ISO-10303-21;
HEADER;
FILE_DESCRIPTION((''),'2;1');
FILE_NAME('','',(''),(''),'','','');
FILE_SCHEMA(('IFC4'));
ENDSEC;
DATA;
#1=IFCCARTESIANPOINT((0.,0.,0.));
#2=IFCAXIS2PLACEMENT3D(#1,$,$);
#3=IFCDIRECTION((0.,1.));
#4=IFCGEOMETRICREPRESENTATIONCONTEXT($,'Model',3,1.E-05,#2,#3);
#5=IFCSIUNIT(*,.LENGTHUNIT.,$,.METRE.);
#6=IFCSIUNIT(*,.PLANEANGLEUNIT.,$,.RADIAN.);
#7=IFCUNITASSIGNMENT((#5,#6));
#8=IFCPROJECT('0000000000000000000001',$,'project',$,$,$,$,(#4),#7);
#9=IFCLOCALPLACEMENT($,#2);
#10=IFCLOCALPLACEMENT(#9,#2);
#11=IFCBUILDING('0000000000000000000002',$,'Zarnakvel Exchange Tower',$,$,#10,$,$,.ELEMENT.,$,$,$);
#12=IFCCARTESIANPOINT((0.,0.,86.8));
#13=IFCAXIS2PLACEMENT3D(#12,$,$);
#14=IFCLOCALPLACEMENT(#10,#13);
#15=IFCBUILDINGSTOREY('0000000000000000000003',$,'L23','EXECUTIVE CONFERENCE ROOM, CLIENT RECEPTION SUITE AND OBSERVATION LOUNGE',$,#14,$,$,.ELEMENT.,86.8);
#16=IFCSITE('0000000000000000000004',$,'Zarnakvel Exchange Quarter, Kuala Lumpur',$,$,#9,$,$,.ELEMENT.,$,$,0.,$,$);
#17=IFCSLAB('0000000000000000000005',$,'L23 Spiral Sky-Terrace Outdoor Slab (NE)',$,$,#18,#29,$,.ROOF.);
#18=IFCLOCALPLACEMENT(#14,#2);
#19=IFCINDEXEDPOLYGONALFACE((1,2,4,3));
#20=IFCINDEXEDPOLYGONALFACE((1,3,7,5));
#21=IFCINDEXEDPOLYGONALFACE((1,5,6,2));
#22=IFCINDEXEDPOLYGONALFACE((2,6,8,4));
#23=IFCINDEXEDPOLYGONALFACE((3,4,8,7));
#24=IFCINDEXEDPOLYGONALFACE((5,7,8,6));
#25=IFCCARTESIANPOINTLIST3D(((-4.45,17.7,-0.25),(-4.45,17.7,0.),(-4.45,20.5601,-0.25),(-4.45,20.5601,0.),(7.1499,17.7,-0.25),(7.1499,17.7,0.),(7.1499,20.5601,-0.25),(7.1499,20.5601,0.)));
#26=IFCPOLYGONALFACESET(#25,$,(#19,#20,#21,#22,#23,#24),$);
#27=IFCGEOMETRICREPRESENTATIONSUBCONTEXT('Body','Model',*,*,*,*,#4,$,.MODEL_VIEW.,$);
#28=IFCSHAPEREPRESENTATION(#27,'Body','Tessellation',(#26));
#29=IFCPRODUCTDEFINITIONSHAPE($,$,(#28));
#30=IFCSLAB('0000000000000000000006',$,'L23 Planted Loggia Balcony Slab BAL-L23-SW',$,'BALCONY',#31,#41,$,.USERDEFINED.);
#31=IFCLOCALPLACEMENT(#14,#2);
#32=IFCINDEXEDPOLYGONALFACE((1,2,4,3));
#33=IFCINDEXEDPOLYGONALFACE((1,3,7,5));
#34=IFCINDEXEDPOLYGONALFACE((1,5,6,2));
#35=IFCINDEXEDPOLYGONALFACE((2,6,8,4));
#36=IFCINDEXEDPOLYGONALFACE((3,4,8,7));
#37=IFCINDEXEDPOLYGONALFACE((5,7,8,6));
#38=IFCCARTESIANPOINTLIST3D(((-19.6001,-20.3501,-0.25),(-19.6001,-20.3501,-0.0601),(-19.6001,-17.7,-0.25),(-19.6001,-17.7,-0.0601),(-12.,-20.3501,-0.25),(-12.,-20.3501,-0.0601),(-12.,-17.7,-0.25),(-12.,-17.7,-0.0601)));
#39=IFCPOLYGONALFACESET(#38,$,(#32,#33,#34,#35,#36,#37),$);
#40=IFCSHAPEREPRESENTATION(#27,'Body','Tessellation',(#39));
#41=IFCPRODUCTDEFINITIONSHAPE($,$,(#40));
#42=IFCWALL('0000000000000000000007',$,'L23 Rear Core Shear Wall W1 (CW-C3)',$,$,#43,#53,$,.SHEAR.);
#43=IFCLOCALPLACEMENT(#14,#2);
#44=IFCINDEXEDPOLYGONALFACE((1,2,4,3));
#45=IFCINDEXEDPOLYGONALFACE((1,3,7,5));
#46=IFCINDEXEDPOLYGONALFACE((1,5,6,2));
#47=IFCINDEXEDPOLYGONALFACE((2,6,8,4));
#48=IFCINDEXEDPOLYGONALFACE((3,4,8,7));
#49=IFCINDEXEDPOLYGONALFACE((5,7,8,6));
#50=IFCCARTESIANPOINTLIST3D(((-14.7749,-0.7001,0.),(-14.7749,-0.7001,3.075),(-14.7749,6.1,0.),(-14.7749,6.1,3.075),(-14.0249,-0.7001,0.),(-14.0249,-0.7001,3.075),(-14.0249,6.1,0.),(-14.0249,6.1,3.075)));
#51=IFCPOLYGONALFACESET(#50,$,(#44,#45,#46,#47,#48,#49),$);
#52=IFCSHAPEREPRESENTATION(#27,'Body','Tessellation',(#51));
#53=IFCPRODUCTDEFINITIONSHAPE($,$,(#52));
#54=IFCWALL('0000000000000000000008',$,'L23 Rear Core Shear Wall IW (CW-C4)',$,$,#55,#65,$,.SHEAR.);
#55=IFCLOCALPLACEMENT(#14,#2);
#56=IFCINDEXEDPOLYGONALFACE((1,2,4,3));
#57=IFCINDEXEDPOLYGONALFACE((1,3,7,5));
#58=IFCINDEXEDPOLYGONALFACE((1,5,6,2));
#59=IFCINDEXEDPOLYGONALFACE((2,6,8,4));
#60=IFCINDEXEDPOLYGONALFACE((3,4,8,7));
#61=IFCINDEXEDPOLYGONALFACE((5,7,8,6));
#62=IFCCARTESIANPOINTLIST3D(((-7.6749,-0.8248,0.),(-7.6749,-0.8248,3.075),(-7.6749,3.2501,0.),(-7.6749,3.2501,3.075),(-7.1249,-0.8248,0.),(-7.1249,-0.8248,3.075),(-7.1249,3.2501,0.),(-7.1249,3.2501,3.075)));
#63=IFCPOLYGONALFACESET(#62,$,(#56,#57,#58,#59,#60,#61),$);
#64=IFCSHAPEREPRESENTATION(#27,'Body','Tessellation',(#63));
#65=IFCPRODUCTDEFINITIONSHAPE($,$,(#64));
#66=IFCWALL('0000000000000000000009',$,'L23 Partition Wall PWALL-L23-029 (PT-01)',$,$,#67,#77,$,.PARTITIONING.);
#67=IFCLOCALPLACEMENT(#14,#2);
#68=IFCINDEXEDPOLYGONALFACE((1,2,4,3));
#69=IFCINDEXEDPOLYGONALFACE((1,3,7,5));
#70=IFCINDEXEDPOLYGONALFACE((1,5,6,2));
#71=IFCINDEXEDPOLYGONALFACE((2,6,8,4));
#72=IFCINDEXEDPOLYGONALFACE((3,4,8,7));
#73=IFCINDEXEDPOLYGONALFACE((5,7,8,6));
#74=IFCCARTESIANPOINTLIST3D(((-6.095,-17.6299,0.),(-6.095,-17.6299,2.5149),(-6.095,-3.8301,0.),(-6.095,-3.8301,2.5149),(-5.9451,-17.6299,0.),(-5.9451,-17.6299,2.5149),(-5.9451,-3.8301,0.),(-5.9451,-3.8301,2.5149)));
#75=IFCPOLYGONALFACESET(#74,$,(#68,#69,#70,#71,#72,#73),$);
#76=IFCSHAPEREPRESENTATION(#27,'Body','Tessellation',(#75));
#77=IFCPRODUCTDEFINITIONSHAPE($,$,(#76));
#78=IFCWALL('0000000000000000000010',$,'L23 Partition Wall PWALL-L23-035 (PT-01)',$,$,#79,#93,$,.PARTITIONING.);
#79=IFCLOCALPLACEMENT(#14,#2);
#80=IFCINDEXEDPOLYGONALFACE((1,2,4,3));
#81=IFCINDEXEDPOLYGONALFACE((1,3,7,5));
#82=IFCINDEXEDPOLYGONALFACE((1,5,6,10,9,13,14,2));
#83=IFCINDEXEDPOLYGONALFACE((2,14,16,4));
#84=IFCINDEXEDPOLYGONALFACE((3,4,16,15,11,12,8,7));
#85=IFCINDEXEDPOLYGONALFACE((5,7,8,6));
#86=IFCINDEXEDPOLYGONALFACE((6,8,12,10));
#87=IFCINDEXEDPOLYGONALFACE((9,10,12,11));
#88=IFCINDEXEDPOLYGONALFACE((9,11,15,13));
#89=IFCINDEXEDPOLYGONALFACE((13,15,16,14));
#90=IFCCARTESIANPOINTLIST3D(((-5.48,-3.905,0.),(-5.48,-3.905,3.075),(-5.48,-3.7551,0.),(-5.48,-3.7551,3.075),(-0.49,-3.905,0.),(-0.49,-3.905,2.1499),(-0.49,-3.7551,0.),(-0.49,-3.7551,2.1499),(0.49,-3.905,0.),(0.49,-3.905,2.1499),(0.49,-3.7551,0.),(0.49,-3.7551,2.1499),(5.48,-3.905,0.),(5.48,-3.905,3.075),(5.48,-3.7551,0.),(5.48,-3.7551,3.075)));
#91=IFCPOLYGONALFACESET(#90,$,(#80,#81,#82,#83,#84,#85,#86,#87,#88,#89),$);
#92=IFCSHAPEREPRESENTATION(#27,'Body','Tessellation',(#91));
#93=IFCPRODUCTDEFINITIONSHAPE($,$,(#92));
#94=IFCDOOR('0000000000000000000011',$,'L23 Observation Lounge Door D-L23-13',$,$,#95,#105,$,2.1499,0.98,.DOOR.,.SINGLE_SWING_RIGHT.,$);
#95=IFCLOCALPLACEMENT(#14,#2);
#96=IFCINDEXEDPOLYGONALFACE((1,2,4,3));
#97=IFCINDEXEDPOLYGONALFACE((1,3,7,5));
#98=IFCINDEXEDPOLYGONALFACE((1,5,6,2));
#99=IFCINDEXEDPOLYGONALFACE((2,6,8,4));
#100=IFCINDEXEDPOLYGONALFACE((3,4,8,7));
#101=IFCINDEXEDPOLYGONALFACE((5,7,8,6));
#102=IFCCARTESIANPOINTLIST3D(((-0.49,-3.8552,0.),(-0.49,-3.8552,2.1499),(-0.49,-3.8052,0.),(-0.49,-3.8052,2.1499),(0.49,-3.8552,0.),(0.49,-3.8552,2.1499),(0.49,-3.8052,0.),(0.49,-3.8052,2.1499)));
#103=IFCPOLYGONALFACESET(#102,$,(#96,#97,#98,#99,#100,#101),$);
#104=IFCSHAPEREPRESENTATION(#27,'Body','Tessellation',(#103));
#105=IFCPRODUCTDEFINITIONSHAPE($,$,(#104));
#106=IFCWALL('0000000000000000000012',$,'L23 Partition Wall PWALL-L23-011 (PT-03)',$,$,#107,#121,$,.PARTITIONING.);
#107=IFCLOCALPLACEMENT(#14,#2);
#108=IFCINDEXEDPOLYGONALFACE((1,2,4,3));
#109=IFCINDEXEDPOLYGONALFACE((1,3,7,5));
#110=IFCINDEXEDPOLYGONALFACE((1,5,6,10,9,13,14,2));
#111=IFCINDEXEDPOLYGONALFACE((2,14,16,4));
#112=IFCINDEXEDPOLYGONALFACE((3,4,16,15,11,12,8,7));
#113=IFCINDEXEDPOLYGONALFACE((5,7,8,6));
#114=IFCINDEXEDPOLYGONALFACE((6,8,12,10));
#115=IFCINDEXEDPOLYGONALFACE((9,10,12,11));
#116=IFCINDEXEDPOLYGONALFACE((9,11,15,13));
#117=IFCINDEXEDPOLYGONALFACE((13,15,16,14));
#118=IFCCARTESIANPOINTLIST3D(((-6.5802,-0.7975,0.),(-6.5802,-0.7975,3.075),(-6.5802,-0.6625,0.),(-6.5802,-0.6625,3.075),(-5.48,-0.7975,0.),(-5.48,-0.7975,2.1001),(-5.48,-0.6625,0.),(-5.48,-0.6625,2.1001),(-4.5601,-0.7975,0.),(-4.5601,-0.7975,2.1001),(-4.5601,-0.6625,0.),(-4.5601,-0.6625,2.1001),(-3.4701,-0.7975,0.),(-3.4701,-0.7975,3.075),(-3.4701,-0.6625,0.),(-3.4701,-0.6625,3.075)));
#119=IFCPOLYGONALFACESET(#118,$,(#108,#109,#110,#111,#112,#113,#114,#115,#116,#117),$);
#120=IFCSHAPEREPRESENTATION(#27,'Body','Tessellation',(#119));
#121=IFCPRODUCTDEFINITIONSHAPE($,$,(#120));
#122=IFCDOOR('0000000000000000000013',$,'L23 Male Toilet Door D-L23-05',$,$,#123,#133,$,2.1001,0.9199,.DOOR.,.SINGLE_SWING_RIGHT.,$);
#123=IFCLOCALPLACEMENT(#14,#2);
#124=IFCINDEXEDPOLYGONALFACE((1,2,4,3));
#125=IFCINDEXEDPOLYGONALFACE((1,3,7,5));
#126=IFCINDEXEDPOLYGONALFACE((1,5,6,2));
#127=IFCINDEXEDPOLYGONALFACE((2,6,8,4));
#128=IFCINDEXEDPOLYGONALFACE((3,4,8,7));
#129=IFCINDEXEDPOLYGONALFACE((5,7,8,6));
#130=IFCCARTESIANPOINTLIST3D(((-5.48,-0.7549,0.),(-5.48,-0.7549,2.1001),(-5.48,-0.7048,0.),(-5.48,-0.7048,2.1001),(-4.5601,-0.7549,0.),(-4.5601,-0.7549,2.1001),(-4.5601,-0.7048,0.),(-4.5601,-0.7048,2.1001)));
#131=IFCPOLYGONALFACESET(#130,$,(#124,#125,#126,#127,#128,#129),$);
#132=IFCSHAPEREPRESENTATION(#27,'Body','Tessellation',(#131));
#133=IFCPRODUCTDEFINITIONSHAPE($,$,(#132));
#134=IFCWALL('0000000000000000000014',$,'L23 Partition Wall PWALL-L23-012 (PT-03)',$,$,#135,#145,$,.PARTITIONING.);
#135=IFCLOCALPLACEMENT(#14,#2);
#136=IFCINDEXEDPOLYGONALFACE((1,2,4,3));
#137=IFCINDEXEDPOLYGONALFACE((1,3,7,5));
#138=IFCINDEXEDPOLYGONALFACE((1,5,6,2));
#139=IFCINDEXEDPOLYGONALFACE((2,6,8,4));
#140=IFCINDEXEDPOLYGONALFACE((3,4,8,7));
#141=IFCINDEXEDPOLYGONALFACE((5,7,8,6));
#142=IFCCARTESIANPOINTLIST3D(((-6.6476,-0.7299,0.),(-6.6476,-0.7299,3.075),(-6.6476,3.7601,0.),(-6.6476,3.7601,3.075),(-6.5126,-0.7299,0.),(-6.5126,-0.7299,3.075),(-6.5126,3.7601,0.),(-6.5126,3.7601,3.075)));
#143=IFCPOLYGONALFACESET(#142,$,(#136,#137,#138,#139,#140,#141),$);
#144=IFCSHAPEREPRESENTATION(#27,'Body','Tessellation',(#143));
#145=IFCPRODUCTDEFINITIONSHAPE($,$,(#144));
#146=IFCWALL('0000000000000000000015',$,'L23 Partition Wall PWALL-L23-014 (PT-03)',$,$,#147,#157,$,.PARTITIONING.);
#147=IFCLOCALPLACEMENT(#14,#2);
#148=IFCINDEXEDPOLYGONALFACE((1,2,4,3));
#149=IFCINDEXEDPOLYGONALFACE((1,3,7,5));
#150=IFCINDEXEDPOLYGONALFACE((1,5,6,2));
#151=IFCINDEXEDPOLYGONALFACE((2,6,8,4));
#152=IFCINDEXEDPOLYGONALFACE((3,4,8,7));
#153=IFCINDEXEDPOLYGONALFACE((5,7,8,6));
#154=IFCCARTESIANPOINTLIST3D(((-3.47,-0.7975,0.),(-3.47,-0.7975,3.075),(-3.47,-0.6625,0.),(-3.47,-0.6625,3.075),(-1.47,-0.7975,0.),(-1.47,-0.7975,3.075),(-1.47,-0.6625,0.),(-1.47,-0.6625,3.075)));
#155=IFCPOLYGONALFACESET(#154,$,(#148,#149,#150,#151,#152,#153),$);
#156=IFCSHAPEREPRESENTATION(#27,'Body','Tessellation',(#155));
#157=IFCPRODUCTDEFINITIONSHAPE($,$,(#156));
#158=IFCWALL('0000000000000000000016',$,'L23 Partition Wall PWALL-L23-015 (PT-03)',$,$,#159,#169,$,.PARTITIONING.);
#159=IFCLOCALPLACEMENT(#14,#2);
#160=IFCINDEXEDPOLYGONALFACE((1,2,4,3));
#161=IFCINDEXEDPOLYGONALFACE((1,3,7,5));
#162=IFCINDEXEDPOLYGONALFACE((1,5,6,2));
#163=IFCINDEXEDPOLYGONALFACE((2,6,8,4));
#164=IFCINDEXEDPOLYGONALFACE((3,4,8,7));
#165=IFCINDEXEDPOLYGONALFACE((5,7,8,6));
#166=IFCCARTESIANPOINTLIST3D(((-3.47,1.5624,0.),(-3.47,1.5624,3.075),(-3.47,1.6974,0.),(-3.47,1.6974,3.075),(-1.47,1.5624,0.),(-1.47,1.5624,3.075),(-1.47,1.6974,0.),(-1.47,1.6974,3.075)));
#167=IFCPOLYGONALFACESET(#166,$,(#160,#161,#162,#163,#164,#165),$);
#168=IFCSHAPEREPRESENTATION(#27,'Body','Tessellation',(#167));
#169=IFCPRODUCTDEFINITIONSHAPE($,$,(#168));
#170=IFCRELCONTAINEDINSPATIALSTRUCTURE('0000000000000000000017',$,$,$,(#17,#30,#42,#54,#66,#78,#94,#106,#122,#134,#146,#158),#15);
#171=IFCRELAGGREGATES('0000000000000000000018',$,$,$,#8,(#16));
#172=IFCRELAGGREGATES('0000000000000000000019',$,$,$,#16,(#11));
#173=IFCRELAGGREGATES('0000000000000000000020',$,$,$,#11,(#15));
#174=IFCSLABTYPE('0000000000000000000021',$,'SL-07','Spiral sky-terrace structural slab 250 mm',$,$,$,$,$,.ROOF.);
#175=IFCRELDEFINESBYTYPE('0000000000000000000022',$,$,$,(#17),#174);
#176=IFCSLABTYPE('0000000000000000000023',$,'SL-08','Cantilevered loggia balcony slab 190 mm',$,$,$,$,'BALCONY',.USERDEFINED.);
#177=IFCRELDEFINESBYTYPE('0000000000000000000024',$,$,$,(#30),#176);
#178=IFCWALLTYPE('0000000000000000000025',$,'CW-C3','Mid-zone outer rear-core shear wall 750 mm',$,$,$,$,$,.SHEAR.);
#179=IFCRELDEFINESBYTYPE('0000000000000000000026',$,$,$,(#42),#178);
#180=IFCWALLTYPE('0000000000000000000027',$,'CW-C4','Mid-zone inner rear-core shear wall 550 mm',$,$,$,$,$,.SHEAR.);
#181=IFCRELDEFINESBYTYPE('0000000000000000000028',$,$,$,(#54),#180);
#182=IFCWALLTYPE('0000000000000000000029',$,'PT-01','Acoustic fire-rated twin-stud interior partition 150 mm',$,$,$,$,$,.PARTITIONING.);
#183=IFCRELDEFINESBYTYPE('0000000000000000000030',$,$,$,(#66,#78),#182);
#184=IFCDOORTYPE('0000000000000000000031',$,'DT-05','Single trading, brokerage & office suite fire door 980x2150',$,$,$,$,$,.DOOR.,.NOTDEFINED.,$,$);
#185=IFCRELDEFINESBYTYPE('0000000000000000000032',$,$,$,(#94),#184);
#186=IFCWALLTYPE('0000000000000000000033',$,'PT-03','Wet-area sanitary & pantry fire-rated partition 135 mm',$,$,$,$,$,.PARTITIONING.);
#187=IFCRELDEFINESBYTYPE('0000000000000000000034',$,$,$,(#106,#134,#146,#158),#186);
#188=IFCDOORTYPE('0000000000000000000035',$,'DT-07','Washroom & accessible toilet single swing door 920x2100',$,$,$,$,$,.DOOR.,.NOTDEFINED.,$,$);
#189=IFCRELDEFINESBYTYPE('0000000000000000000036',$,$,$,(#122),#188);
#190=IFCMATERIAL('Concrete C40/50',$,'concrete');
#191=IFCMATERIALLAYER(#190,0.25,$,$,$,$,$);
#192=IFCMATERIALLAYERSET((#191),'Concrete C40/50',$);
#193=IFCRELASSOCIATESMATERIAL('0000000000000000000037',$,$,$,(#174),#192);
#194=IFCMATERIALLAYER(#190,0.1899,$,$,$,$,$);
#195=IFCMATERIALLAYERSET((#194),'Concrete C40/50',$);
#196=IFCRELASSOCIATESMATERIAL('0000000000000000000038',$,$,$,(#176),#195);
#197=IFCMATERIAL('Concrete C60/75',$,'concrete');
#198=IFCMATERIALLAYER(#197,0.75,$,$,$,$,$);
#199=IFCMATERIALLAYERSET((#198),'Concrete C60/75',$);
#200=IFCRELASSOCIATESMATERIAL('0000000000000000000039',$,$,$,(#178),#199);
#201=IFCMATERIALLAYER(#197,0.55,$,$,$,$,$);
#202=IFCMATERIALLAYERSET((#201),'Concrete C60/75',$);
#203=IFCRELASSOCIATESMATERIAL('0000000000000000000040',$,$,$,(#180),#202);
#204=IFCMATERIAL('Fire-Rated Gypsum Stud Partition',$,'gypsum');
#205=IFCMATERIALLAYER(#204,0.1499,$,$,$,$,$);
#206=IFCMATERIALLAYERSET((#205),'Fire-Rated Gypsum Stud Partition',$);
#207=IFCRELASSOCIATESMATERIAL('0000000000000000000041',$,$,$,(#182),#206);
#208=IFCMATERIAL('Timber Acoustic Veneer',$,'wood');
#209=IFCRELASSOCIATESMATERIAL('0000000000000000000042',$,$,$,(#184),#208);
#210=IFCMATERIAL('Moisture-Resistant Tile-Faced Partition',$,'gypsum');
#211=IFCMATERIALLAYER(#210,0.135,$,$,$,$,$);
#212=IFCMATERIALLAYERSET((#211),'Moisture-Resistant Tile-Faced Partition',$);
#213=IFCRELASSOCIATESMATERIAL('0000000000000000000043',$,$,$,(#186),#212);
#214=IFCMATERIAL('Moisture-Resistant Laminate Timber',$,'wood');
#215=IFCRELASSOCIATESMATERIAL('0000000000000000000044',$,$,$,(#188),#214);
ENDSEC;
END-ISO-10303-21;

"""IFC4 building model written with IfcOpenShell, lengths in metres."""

from ifc_helpers import new_model, si_unit, direction, frame, frame_2d, origin, place, context, subcontext, project, spatial, polyline, rectangle, outline, extrude, source, transform, mapped, material, layer, layer_set, type_object, element, fill, save


model = new_model("IFC4")

# Units and contexts
model_context = context("Model", 3, precision=1e-05, world=origin(), true_north=direction((0.0, 1.0)))
body_context = subcontext(model_context, "Body", "Model", "MODEL_VIEW")
ifc_project = project(units=[si_unit("LENGTHUNIT", "METRE"), si_unit("PLANEANGLEUNIT", "RADIAN")], contexts=[model_context])

# Site, building, storey
site_placement = place(None, origin())
site = spatial("IfcSite", under=ifc_project, at=site_placement, Name="Zarnakvel Exchange Quarter, Kuala Lumpur", CompositionType="ELEMENT", RefElevation=0.0)
building_placement = place(site_placement, origin())
building = spatial("IfcBuilding", under=site, at=building_placement, Name="Zarnakvel Exchange Tower", CompositionType="ELEMENT")
storey_placement = place(building_placement, frame((0.0, 0.0, 86.8)))
storey = spatial("IfcBuildingStorey", under=building, at=storey_placement, Name="L23", Description="EXECUTIVE CONFERENCE ROOM, CLIENT RECEPTION SUITE AND OBSERVATION LOUNGE", CompositionType="ELEMENT", Elevation=86.8)

# Shared definitions
ifc_material_1 = material(Name="Concrete C60/75", Category="concrete")

# Slabs
ifc_material_2 = material(Name="Concrete C40/50", Category="concrete")
ifc_layer_1 = layer(ifc_material_2, 0.25)
ifc_layer_set_1 = layer_set([ifc_layer_1], Name="Concrete C40/50")
slab_type_1 = type_object("IfcSlabType", Name="SL-07", Description="Spiral sky-terrace structural slab 250 mm", PredefinedType="ROOF", material=ifc_layer_set_1)
slab_1_placement = place(storey_placement, frame((0.0, 0.0, -0.25)))
element("IfcSlab", 1, at=slab_1_placement, inside=storey, type_object=slab_type_1, Name="L23 Spiral Sky-Terrace Outdoor Slab (NE)", PredefinedType="ROOF", context=body_context, shape_type="SweptSolid", body=[
    extrude(outline(polyline([(-4.45, 17.7), (7.1499, 17.7), (7.1499, 20.5601), (-4.45, 20.5601), (-4.45, 17.7)])), origin(), (0.0, 0.0, 1.0), 0.25),
])
ifc_layer_2 = layer(ifc_material_2, 0.1899)
ifc_layer_set_2 = layer_set([ifc_layer_2], Name="Concrete C40/50")
slab_type_2 = type_object("IfcSlabType", Name="SL-08", Description="Cantilevered loggia balcony slab 190 mm", ElementType="BALCONY", PredefinedType="USERDEFINED", material=ifc_layer_set_2)
slab_2_placement = place(storey_placement, frame((0.0, 0.0, -0.25)))
element("IfcSlab", 2, at=slab_2_placement, inside=storey, type_object=slab_type_2, Name="L23 Planted Loggia Balcony Slab BAL-L23-SW", ObjectType="BALCONY", PredefinedType="USERDEFINED", context=body_context, shape_type="SweptSolid", body=[
    extrude(outline(polyline([(-19.6001, -20.3501), (-12.0, -20.3501), (-12.0, -17.7), (-19.6001, -17.7), (-19.6001, -20.3501)])), origin(), (0.0, 0.0, 1.0), 0.1899),
])

# Wall
ifc_layer_3 = layer(ifc_material_1, 0.75)
ifc_layer_set_3 = layer_set([ifc_layer_3], Name="Concrete C60/75")
wall_type_1 = type_object("IfcWallType", Name="CW-C3", Description="Mid-zone outer rear-core shear wall 750 mm", PredefinedType="SHEAR", material=ifc_layer_set_3)
wall_1_placement = place(storey_placement, frame((-14.3999, -0.7, 0.0), z_axis=(0.0, 0.0, 1.0), x_axis=(0.0, 1.0, 0.0)))
element("IfcWall", 3, at=wall_1_placement, inside=storey, type_object=wall_type_1, Name="L23 Rear Core Shear Wall W1 (CW-C3)", PredefinedType="SHEAR", context=body_context, shape_type="SweptSolid", body=[
    extrude(rectangle(XDim=6.8, YDim=0.75, at=frame_2d((3.3999, 0.0))), origin(), (0.0, 0.0, 1.0), 3.075),
])

# Walls
ifc_layer_4 = layer(ifc_material_1, 0.55)
ifc_layer_set_4 = layer_set([ifc_layer_4], Name="Concrete C60/75")
wall_type_2 = type_object("IfcWallType", Name="CW-C4", Description="Mid-zone inner rear-core shear wall 550 mm", PredefinedType="SHEAR", material=ifc_layer_set_4)
wall_2_placement = place(storey_placement, frame((-7.3999, -0.825, 0.0), z_axis=(0.0, 0.0, 1.0), x_axis=(0.0, 1.0, 0.0)))
element("IfcWall", 4, at=wall_2_placement, inside=storey, type_object=wall_type_2, Name="L23 Rear Core Shear Wall IW (CW-C4)", PredefinedType="SHEAR", context=body_context, shape_type="SweptSolid", body=[
    extrude(rectangle(XDim=4.075, YDim=0.55, at=frame_2d((2.0376, 0.0))), origin(), (0.0, 0.0, 1.0), 3.075),
])
ifc_material_3 = material(Name="Fire-Rated Gypsum Stud Partition", Category="gypsum")
ifc_layer_5 = layer(ifc_material_3, 0.1499)
ifc_layer_set_5 = layer_set([ifc_layer_5], Name="Fire-Rated Gypsum Stud Partition")
wall_type_3 = type_object("IfcWallType", Name="PT-01", Description="Acoustic fire-rated twin-stud interior partition 150 mm", PredefinedType="PARTITIONING", material=ifc_layer_set_5)
wall_3_placement = place(storey_placement, frame((-6.02, -3.8301, 0.0), z_axis=(0.0, 0.0, 1.0), x_axis=(0.0, -1.0, 0.0)))
element("IfcWall", 5, at=wall_3_placement, inside=storey, type_object=wall_type_3, Name="L23 Partition Wall PWALL-L23-029 (PT-01)", PredefinedType="PARTITIONING", context=body_context, shape_type="SweptSolid", body=[
    extrude(rectangle(XDim=13.7998, YDim=0.1499, at=frame_2d((6.8999, 0.0))), origin(), (0.0, 0.0, 1.0), 2.5149),
])

# Walls, openings, doors
wall_4_placement = place(storey_placement, frame((-5.48, -3.8301, 0.0), z_axis=(0.0, 0.0, 1.0), x_axis=(1.0, 0.0, 0.0)))
wall_4 = element("IfcWall", 6, at=wall_4_placement, inside=storey, type_object=wall_type_3, Name="L23 Partition Wall PWALL-L23-035 (PT-01)", PredefinedType="PARTITIONING", context=body_context, shape_type="SweptSolid", body=[
    extrude(rectangle(XDim=10.96, YDim=0.1499, at=frame_2d((5.48, 0.0))), origin(), (0.0, 0.0, 1.0), 3.075),
])
opening_1_placement = place(wall_4_placement, frame((4.99, 0.0, 0.0)))
opening_1 = element("IfcOpeningElement", 7, at=opening_1_placement, cuts=wall_4, PredefinedType="OPENING", context=body_context, shape_type="SweptSolid", body=[
    extrude(rectangle(XDim=0.98, YDim=2.1499, at=frame_2d((0.49, 1.075))), frame((0.0, 0.085, 0.0), z_axis=(0.0, -1.0, 0.0), x_axis=(1.0, 0.0, 0.0)), (0.0, 0.0, 1.0), 0.1699),
])
ifc_material_4 = material(Name="Timber Acoustic Veneer", Category="wood")
door_type_1 = type_object("IfcDoorType", Name="DT-05", Description="Single trading, brokerage & office suite fire door 980x2150", OperationType="NOTDEFINED", PredefinedType="DOOR", material=ifc_material_4)
shared_shape_1 = source(origin(), body_context, "Body", "SweptSolid", [
    extrude(rectangle(XDim=0.98, YDim=2.1499, at=frame_2d((0.49, 1.075))), frame((0.0, 0.0249, 0.0), z_axis=(0.0, -1.0, 0.0), x_axis=(1.0, 0.0, 0.0)), (0.0, 0.0, 1.0), 0.05),
])
door_1_placement = place(opening_1_placement, origin())
door_1 = element("IfcDoor", 8, at=door_1_placement, inside=storey, type_object=door_type_1, Name="L23 Observation Lounge Door D-L23-13", OperationType="SINGLE_SWING_RIGHT", OverallHeight=2.1499, OverallWidth=0.98, PredefinedType="DOOR", context=body_context, shape_type="MappedRepresentation", body=[
    mapped(shared_shape_1, transform((0.0, 0.0, 0.0), x_axis=(1.0, 0.0, 0.0), y_axis=(0.0, 1.0, 0.0), z_axis=(0.0, 0.0, 1.0), scale=1.0)),
])
fill(opening_1, door_1)
ifc_material_5 = material(Name="Moisture-Resistant Tile-Faced Partition", Category="gypsum")
ifc_layer_6 = layer(ifc_material_5, 0.135)
ifc_layer_set_6 = layer_set([ifc_layer_6], Name="Moisture-Resistant Tile-Faced Partition")
wall_type_4 = type_object("IfcWallType", Name="PT-03", Description="Wet-area sanitary & pantry fire-rated partition 135 mm", PredefinedType="PARTITIONING", material=ifc_layer_set_6)
wall_5_placement = place(storey_placement, frame((-3.47, -0.73, 0.0), z_axis=(0.0, 0.0, 1.0), x_axis=(-1.0, 0.0, 0.0)))
wall_5 = element("IfcWall", 9, at=wall_5_placement, inside=storey, type_object=wall_type_4, Name="L23 Partition Wall PWALL-L23-011 (PT-03)", PredefinedType="PARTITIONING", context=body_context, shape_type="SweptSolid", body=[
    extrude(rectangle(XDim=3.1101, YDim=0.135, at=frame_2d((1.5552, 0.0))), origin(), (0.0, 0.0, 1.0), 3.075),
])
opening_2_placement = place(wall_5_placement, frame((1.0901, 0.0, 0.0)))
opening_2 = element("IfcOpeningElement", 10, at=opening_2_placement, cuts=wall_5, PredefinedType="OPENING", context=body_context, shape_type="SweptSolid", body=[
    extrude(rectangle(XDim=0.9199, YDim=2.1001, at=frame_2d((0.46, 1.05))), frame((0.0, 0.0774, 0.0), z_axis=(0.0, -1.0, 0.0), x_axis=(1.0, 0.0, 0.0)), (0.0, 0.0, 1.0), 0.155),
])
ifc_material_6 = material(Name="Moisture-Resistant Laminate Timber", Category="wood")
door_type_2 = type_object("IfcDoorType", Name="DT-07", Description="Washroom & accessible toilet single swing door 920x2100", OperationType="NOTDEFINED", PredefinedType="DOOR", material=ifc_material_6)
shared_shape_2 = source(origin(), body_context, "Body", "SweptSolid", [
    extrude(rectangle(XDim=0.9199, YDim=2.1001, at=frame_2d((0.46, 1.05))), frame((0.0, 0.0249, 0.0), z_axis=(0.0, -1.0, 0.0), x_axis=(1.0, 0.0, 0.0)), (0.0, 0.0, 1.0), 0.05),
])
door_2_placement = place(opening_2_placement, origin())
door_2 = element("IfcDoor", 11, at=door_2_placement, inside=storey, type_object=door_type_2, Name="L23 Male Toilet Door D-L23-05", OperationType="SINGLE_SWING_RIGHT", OverallHeight=2.1001, OverallWidth=0.9199, PredefinedType="DOOR", context=body_context, shape_type="MappedRepresentation", body=[
    mapped(shared_shape_2, transform((0.0, 0.0, 0.0), x_axis=(1.0, 0.0, 0.0), y_axis=(0.0, 1.0, 0.0), z_axis=(0.0, 0.0, 1.0), scale=1.0)),
])
fill(opening_2, door_2)

# Walls
wall_6_placement = place(storey_placement, frame((-6.5801, -0.73, 0.0), z_axis=(0.0, 0.0, 1.0), x_axis=(0.0, 1.0, 0.0)))
element("IfcWall", 12, at=wall_6_placement, inside=storey, type_object=wall_type_4, Name="L23 Partition Wall PWALL-L23-012 (PT-03)", PredefinedType="PARTITIONING", context=body_context, shape_type="SweptSolid", body=[
    extrude(rectangle(XDim=4.49, YDim=0.135, at=frame_2d((2.2451, 0.0))), origin(), (0.0, 0.0, 1.0), 3.075),
])
for number, where, z_axis, x_axis, name in (
    (13, (-1.47, -0.73, 0.0), (0.0, 0.0, 1.0), (-1.0, 0.0, 0.0), "L23 Partition Wall PWALL-L23-014 (PT-03)"),
    (14, (-3.47, 1.6299, 0.0), (0.0, 0.0, 1.0), (1.0, 0.0, 0.0), "L23 Partition Wall PWALL-L23-015 (PT-03)"),
):
    element("IfcWall", number, at=place(storey_placement, frame(where, z_axis=z_axis, x_axis=x_axis)), inside=storey, type_object=wall_type_4, Name=name, PredefinedType="PARTITIONING", context=body_context, shape_type="SweptSolid", body=[
        extrude(rectangle(XDim=2.0, YDim=0.135, at=frame_2d((1.0, 0.0))), origin(), (0.0, 0.0, 1.0), 3.075),
    ])

save(model, "model.ifc")
